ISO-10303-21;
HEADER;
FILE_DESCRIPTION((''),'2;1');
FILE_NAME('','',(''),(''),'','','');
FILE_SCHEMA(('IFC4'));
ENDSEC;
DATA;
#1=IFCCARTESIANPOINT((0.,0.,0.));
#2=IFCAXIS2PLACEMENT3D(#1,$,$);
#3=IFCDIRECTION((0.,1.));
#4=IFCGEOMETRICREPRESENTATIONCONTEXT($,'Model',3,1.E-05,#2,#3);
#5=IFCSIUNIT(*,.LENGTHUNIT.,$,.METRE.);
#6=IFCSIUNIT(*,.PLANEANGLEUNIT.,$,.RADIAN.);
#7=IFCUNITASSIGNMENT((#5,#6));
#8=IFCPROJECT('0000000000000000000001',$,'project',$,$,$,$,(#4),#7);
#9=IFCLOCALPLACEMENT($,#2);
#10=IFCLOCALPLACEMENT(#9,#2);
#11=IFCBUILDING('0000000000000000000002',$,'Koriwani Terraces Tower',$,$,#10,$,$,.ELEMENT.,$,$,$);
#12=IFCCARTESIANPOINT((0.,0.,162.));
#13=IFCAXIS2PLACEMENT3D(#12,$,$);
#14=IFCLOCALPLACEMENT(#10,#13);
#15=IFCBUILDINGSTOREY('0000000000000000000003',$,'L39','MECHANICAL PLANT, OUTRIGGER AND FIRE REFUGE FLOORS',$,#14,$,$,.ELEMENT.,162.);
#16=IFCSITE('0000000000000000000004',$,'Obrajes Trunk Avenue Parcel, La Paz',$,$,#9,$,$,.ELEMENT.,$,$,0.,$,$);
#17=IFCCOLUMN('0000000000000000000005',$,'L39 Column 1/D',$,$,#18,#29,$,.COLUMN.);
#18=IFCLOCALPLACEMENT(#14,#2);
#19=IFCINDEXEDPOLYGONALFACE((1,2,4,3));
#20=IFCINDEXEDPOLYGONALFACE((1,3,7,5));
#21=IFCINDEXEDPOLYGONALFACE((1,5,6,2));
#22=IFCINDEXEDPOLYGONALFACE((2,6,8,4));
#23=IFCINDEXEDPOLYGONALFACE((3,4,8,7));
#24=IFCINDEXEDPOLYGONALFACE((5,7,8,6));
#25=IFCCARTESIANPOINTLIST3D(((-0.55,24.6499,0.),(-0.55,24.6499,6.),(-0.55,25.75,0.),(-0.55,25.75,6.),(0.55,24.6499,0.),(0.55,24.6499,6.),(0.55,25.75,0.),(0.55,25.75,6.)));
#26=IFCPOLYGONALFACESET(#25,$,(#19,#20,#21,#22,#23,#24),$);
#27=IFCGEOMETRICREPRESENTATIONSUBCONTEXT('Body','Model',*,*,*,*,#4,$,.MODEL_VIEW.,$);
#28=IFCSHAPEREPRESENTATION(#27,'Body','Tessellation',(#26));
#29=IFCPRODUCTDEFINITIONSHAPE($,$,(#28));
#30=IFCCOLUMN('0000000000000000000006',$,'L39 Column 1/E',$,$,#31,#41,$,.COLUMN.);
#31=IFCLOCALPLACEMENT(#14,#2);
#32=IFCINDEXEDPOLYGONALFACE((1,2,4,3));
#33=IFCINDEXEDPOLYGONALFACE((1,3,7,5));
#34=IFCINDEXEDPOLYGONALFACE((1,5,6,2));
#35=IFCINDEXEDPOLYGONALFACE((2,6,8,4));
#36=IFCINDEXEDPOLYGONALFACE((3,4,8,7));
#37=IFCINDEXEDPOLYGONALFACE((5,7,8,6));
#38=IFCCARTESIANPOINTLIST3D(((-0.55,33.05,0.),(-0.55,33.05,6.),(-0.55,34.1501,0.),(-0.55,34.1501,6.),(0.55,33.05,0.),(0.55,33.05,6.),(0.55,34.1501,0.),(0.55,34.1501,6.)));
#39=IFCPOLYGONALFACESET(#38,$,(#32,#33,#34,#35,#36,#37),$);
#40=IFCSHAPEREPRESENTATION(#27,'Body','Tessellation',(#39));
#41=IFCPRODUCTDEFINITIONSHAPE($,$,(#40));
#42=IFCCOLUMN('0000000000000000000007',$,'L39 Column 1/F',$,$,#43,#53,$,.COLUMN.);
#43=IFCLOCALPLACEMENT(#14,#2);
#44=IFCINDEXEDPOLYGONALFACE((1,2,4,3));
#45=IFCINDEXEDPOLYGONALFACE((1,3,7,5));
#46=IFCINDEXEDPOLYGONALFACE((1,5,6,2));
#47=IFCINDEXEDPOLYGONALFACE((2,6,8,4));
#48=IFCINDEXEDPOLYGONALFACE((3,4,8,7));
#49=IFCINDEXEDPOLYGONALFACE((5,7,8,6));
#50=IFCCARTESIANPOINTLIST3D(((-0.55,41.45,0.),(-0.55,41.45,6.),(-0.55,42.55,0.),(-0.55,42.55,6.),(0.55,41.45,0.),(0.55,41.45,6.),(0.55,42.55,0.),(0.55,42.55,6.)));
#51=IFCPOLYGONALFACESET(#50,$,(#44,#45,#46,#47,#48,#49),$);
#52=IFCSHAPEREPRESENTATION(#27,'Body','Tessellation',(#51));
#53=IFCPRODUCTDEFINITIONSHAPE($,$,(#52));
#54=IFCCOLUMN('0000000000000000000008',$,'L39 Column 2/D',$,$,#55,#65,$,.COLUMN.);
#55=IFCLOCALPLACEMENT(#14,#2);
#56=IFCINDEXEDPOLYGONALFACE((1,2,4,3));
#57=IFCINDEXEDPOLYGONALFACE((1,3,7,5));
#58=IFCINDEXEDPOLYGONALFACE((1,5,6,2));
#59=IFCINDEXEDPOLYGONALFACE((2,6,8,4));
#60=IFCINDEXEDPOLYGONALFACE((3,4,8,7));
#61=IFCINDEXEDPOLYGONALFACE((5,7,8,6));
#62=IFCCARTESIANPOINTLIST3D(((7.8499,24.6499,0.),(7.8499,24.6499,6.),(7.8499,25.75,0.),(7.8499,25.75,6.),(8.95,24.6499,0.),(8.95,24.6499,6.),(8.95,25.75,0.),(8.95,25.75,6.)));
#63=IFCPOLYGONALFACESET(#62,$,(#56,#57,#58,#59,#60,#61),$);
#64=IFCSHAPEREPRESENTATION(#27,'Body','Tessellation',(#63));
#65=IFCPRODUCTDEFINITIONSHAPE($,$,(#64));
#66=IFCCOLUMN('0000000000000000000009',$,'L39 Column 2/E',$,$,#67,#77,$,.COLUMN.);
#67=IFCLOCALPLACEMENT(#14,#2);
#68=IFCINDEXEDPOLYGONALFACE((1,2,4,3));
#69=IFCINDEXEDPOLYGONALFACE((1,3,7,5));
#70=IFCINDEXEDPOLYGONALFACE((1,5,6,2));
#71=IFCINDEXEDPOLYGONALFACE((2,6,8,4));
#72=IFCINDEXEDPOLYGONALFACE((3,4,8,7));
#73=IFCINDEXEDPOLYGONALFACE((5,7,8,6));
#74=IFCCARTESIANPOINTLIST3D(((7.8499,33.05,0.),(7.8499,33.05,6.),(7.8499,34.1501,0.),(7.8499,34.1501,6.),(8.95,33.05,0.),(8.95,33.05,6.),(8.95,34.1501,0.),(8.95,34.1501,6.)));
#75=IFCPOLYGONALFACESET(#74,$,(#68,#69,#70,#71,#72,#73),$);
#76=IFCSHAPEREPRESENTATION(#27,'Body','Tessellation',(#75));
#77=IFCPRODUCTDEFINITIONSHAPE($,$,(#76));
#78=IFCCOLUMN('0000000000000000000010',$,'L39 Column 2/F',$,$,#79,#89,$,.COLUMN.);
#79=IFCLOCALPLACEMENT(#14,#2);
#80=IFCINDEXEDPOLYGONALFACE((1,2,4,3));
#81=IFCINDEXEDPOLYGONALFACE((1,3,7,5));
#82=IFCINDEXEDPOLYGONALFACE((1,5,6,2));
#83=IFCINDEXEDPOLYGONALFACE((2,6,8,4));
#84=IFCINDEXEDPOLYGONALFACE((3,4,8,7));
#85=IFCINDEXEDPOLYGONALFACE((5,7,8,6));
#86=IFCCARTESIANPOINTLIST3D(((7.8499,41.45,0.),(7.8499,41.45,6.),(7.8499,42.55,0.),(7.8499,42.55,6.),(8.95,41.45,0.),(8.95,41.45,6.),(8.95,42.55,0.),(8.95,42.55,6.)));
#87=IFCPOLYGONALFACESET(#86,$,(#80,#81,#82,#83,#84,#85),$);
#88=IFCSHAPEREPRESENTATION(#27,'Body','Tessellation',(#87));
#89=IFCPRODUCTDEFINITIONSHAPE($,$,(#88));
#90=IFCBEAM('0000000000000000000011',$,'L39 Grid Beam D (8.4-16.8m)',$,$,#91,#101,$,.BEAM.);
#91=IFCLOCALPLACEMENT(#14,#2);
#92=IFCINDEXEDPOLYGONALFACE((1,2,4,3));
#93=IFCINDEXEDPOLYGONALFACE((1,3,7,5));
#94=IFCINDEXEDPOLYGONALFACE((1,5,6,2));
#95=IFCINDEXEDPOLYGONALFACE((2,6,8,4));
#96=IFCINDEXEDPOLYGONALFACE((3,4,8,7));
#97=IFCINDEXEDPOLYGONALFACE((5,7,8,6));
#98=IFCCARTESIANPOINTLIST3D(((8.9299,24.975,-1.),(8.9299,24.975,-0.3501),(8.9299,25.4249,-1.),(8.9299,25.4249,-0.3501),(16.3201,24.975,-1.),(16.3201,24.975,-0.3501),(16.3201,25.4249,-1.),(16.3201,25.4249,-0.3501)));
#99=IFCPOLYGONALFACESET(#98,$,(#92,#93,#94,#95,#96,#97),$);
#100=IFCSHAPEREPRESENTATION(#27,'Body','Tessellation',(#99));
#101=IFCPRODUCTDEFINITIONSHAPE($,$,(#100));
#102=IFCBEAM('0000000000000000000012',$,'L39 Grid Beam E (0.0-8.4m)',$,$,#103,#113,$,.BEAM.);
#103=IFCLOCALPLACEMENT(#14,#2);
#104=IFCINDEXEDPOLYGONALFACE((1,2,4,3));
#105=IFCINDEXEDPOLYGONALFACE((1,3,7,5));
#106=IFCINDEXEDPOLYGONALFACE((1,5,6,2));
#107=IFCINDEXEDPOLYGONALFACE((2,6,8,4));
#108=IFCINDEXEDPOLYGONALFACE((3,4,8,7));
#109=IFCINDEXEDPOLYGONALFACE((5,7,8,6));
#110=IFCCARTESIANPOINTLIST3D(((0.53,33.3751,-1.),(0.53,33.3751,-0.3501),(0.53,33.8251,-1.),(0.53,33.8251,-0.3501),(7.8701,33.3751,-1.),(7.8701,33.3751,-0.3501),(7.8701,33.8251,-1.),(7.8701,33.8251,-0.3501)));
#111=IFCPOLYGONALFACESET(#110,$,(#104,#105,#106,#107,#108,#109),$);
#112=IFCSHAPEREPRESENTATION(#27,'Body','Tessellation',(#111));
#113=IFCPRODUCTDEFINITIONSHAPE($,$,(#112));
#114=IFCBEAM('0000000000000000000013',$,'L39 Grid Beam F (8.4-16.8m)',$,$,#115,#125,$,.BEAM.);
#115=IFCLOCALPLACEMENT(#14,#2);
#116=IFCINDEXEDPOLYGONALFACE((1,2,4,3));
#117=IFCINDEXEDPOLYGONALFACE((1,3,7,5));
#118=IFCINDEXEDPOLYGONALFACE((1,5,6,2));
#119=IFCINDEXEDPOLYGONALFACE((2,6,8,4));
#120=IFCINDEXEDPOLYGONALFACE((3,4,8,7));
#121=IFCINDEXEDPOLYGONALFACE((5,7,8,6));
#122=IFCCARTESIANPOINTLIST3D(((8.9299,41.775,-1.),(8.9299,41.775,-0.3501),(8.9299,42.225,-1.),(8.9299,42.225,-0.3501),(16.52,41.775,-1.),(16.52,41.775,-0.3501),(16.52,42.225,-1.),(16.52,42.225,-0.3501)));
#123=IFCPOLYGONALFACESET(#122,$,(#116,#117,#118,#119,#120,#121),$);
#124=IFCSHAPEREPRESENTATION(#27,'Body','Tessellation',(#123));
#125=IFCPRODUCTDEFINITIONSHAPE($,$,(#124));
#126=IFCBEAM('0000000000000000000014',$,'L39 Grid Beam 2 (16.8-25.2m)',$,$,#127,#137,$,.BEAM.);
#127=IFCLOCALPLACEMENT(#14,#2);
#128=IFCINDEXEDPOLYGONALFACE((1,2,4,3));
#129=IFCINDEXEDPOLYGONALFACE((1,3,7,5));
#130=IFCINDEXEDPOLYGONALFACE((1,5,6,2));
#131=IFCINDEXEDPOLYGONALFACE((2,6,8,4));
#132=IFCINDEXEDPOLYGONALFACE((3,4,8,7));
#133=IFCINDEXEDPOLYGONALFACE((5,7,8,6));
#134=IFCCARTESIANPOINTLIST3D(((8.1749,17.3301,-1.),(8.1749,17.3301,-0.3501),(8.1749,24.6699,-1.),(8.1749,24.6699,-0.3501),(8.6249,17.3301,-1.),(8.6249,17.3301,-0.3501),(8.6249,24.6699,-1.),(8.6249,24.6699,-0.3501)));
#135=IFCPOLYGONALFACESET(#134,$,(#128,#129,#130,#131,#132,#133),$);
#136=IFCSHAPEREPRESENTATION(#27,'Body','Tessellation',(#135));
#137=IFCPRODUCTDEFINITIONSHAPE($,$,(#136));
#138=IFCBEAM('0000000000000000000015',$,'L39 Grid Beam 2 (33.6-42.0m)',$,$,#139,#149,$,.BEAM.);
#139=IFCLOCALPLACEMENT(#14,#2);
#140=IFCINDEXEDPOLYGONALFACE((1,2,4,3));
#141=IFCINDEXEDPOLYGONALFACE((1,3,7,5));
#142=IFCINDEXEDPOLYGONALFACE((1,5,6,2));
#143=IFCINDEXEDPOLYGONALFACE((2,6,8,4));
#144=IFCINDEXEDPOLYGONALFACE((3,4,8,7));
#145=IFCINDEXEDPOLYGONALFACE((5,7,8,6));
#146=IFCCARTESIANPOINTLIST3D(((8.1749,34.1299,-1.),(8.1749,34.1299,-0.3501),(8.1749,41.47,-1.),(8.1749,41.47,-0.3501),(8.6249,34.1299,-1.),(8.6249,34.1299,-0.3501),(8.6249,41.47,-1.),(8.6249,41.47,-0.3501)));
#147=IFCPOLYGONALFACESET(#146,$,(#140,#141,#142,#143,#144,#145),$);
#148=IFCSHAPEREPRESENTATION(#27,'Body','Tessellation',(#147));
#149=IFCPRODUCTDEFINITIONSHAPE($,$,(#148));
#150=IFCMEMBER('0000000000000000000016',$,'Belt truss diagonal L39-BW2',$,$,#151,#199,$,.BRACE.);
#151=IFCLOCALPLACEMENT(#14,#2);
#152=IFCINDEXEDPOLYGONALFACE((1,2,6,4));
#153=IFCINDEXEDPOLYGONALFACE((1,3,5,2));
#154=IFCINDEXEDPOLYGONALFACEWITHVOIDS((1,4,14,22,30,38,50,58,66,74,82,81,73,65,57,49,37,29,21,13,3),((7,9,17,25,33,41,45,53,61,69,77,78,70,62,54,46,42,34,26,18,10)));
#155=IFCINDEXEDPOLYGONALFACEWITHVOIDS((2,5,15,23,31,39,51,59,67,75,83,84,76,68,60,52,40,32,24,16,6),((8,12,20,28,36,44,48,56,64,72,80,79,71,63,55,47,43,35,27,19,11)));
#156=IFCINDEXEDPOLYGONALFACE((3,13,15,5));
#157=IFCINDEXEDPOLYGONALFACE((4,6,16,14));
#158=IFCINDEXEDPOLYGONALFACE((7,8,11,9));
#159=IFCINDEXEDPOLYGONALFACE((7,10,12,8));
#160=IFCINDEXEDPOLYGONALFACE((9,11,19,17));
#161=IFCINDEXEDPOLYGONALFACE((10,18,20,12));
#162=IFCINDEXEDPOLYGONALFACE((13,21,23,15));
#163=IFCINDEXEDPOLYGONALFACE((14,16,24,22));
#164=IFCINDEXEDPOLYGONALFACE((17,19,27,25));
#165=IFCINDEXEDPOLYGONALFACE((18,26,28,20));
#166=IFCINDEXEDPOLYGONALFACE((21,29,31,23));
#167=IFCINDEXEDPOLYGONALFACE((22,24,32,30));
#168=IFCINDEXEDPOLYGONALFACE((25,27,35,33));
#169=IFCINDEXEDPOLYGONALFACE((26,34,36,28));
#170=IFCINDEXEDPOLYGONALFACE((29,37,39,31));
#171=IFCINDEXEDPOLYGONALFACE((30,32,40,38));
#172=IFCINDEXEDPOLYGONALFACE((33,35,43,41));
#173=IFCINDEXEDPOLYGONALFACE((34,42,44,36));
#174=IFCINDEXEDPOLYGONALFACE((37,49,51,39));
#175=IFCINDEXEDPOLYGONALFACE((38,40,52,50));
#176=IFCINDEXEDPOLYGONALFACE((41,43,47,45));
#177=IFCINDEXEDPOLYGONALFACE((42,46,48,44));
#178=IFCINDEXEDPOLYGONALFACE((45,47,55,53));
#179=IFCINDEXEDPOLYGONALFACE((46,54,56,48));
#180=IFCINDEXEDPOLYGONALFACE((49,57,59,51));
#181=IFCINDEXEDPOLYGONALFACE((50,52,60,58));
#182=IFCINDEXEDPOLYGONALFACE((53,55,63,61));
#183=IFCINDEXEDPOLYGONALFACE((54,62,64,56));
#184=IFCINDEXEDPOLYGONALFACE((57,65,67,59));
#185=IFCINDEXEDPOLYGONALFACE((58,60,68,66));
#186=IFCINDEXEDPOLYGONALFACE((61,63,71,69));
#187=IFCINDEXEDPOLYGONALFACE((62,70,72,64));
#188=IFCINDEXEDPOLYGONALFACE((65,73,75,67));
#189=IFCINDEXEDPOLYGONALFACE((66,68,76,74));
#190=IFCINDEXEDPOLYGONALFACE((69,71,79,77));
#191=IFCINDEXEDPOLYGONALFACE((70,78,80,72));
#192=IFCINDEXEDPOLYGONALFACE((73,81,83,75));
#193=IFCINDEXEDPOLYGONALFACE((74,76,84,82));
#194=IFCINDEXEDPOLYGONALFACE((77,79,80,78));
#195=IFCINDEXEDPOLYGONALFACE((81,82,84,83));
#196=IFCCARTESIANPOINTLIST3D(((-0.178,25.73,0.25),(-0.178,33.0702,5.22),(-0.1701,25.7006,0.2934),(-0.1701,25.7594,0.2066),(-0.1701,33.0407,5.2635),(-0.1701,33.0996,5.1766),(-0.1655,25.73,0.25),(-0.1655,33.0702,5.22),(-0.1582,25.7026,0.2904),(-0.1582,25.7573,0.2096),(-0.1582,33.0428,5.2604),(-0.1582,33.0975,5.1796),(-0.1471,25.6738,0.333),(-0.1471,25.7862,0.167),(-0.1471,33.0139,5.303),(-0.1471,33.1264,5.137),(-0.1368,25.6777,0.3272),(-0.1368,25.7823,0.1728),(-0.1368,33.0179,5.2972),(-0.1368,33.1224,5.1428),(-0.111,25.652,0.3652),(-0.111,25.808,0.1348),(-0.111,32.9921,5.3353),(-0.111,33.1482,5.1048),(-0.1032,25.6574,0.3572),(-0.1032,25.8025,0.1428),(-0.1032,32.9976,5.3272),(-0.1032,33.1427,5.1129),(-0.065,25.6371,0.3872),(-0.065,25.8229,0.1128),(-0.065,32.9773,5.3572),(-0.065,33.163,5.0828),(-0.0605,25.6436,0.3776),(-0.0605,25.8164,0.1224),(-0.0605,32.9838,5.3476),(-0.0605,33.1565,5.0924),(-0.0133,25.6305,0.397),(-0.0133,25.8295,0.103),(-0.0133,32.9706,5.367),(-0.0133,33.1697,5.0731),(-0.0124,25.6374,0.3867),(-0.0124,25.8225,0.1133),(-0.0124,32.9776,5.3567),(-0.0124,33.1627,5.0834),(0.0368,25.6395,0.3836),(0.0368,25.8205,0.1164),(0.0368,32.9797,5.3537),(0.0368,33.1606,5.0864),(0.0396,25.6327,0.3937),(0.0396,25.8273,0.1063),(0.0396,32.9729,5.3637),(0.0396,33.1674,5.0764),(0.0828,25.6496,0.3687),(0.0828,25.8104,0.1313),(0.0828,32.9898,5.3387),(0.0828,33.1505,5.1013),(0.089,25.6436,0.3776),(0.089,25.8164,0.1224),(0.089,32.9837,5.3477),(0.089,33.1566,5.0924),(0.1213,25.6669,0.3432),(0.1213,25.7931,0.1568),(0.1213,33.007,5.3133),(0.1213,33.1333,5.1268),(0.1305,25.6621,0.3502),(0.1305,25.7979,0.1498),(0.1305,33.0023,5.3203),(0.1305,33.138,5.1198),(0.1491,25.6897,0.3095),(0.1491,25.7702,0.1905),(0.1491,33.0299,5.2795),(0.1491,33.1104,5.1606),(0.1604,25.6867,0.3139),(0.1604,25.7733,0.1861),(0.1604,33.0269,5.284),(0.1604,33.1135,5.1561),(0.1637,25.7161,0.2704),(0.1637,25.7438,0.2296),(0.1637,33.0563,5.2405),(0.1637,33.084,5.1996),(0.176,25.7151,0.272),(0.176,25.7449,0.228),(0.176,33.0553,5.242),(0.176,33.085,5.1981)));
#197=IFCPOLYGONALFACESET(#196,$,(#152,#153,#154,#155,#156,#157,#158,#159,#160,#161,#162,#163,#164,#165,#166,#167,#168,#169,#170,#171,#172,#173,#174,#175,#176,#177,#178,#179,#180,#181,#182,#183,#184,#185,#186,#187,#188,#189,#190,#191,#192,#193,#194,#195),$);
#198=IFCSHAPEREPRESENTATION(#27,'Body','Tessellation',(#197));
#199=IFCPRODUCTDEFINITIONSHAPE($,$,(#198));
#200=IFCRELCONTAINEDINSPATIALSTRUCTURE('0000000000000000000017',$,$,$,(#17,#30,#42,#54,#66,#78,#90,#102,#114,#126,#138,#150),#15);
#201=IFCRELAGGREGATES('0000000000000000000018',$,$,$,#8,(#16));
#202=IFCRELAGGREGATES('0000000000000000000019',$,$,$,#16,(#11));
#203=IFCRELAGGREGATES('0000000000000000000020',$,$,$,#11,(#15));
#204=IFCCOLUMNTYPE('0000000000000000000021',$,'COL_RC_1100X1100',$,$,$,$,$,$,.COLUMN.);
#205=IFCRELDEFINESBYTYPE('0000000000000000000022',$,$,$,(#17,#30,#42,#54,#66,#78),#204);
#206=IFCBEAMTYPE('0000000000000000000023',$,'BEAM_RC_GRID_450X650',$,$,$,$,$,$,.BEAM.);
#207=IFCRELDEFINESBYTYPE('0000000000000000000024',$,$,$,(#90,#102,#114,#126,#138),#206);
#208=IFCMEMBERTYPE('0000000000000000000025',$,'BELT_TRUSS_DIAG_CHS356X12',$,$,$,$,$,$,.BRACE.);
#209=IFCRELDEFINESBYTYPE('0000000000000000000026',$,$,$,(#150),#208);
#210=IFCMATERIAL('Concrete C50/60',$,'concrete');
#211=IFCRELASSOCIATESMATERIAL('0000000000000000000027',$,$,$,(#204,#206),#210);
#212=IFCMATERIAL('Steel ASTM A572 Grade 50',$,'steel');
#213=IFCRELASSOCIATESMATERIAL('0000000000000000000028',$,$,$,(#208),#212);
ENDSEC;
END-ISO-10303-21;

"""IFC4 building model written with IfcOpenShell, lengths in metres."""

from ifc_helpers import new_model, si_unit, direction, frame, origin, origin_2d, place, context, subcontext, project, spatial, rectangle, hollow_circle, extrude, material, material_profile, profile_set, type_object, element, save


model = new_model("IFC4")

# Units and contexts
model_context = context("Model", 3, precision=1e-05, world=origin(), true_north=direction((0.0, 1.0)))
body_context = subcontext(model_context, "Body", "Model", "MODEL_VIEW")
ifc_project = project(units=[si_unit("LENGTHUNIT", "METRE"), si_unit("PLANEANGLEUNIT", "RADIAN")], contexts=[model_context])

# Site, building, storey
site_placement = place(None, origin())
site = spatial("IfcSite", under=ifc_project, at=site_placement, Name="Obrajes Trunk Avenue Parcel, La Paz", CompositionType="ELEMENT", RefElevation=0.0)
building_placement = place(site_placement, origin())
building = spatial("IfcBuilding", under=site, at=building_placement, Name="Koriwani Terraces Tower", CompositionType="ELEMENT")
storey_placement = place(building_placement, frame((0.0, 0.0, 162.0)))
storey = spatial("IfcBuildingStorey", under=building, at=storey_placement, Name="L39", Description="MECHANICAL PLANT, OUTRIGGER AND FIRE REFUGE FLOORS", CompositionType="ELEMENT", Elevation=162.0)

# Columns
ifc_material_1 = material(Name="Concrete C50/60", Category="concrete")
ifc_material_profile_1 = material_profile(ifc_material_1, rectangle(XDim=1.1001, YDim=1.1001, at=origin_2d()), Name="Concrete C50/60", Category="LoadBearing")
ifc_profile_set_1 = profile_set([ifc_material_profile_1], Name="Concrete C50/60")
column_type = type_object("IfcColumnType", Name="COL_RC_1100X1100", PredefinedType="COLUMN", material=ifc_profile_set_1)
for number, where, z_axis, x_axis, name in (
    (1, (0.0, 25.2, 0.0), (0.0, 0.0, 1.0), (1.0, 0.0, 0.0), "L39 Column 1/D"),
    (2, (0.0, 33.6001, 0.0), (0.0, 0.0, 1.0), (1.0, 0.0, 0.0), "L39 Column 1/E"),
    (3, (0.0, 42.0, 0.0), (0.0, 0.0, 1.0), (1.0, 0.0, 0.0), "L39 Column 1/F"),
    (4, (8.3999, 25.2, 0.0), (0.0, 0.0, 1.0), (1.0, 0.0, 0.0), "L39 Column 2/D"),
    (5, (8.3999, 33.6001, 0.0), (0.0, 0.0, 1.0), (1.0, 0.0, 0.0), "L39 Column 2/E"),
    (6, (8.3999, 42.0, 0.0), (0.0, 0.0, 1.0), (1.0, 0.0, 0.0), "L39 Column 2/F"),
):
    element("IfcColumn", number, at=place(storey_placement, frame(where, z_axis=z_axis, x_axis=x_axis)), inside=storey, type_object=column_type, Name=name, PredefinedType="COLUMN", context=body_context, shape_type="SweptSolid", body=[
        extrude(rectangle(XDim=1.1001, YDim=1.1001, at=origin_2d()), origin(), (0.0, 0.0, 1.0), 6.0),
    ])

# Beams
ifc_material_profile_2 = material_profile(ifc_material_1, rectangle(XDim=0.45, YDim=0.6499, at=origin_2d()), Name="Concrete C50/60", Category="LoadBearing")
ifc_profile_set_2 = profile_set([ifc_material_profile_2], Name="Concrete C50/60")
beam_type_1 = type_object("IfcBeamType", Name="BEAM_RC_GRID_450X650", PredefinedType="BEAM", material=ifc_profile_set_2)
beam_1_placement = place(storey_placement, frame((8.9299, 25.2, -0.675), z_axis=(1.0, 0.0, 0.0), x_axis=(0.0, 1.0, 0.0)))
element("IfcBeam", 7, at=beam_1_placement, inside=storey, type_object=beam_type_1, Name="L39 Grid Beam D (8.4-16.8m)", PredefinedType="BEAM", context=body_context, shape_type="SweptSolid", body=[
    extrude(rectangle(XDim=0.45, YDim=0.6499, at=origin_2d()), origin(), (0.0, 0.0, 1.0), 7.3901),
])
beam_2_placement = place(storey_placement, frame((0.53, 33.6001, -0.675), z_axis=(1.0, 0.0, 0.0), x_axis=(0.0, 1.0, 0.0)))
element("IfcBeam", 8, at=beam_2_placement, inside=storey, type_object=beam_type_1, Name="L39 Grid Beam E (0.0-8.4m)", PredefinedType="BEAM", context=body_context, shape_type="SweptSolid", body=[
    extrude(rectangle(XDim=0.45, YDim=0.6499, at=origin_2d()), origin(), (0.0, 0.0, 1.0), 7.3401),
])
beam_3_placement = place(storey_placement, frame((8.9299, 42.0, -0.675), z_axis=(1.0, 0.0, 0.0), x_axis=(0.0, 1.0, 0.0)))
element("IfcBeam", 9, at=beam_3_placement, inside=storey, type_object=beam_type_1, Name="L39 Grid Beam F (8.4-16.8m)", PredefinedType="BEAM", context=body_context, shape_type="SweptSolid", body=[
    extrude(rectangle(XDim=0.45, YDim=0.6499, at=origin_2d()), origin(), (0.0, 0.0, 1.0), 7.5901),
])
beam_4_placement = place(storey_placement, frame((8.3999, 17.3301, -0.675), z_axis=(0.0, 1.0, 0.0), x_axis=(-1.0, 0.0, 0.0)))
element("IfcBeam", 10, at=beam_4_placement, inside=storey, type_object=beam_type_1, Name="L39 Grid Beam 2 (16.8-25.2m)", PredefinedType="BEAM", context=body_context, shape_type="SweptSolid", body=[
    extrude(rectangle(XDim=0.45, YDim=0.6499, at=origin_2d()), origin(), (0.0, 0.0, 1.0), 7.3398),
])
beam_5_placement = place(storey_placement, frame((8.3999, 34.1299, -0.675), z_axis=(0.0, 1.0, 0.0), x_axis=(-1.0, 0.0, 0.0)))
element("IfcBeam", 11, at=beam_5_placement, inside=storey, type_object=beam_type_1, Name="L39 Grid Beam 2 (33.6-42.0m)", PredefinedType="BEAM", context=body_context, shape_type="SweptSolid", body=[
    extrude(rectangle(XDim=0.45, YDim=0.6499, at=origin_2d()), origin(), (0.0, 0.0, 1.0), 7.3401),
])

# Member
ifc_material_2 = material(Name="Steel ASTM A572 Grade 50", Category="steel")
ifc_material_profile_3 = material_profile(ifc_material_2, hollow_circle(Radius=0.178, WallThickness=0.0125, at=origin_2d()), Name="Steel ASTM A572 Grade 50", Category="LoadBearing")
ifc_profile_set_3 = profile_set([ifc_material_profile_3], Name="Steel ASTM A572 Grade 50")
member_type_1 = type_object("IfcMemberType", Name="BELT_TRUSS_DIAG_CHS356X12", PredefinedType="BRACE", material=ifc_profile_set_3)
member_1_placement = place(storey_placement, frame((0.0, 25.73, 0.25), z_axis=(0.0, 0.828042, 0.560667), x_axis=(-1.0, 0.0, 0.0)))
element("IfcMember", 12, at=member_1_placement, inside=storey, type_object=member_type_1, Name="Belt truss diagonal L39-BW2", PredefinedType="BRACE", context=body_context, shape_type="SweptSolid", body=[
    extrude(hollow_circle(Radius=0.178, WallThickness=0.0125, at=origin_2d()), origin(), (0.0, 0.0, 1.0), 8.8645),
])

save(model, "model.ifc")
